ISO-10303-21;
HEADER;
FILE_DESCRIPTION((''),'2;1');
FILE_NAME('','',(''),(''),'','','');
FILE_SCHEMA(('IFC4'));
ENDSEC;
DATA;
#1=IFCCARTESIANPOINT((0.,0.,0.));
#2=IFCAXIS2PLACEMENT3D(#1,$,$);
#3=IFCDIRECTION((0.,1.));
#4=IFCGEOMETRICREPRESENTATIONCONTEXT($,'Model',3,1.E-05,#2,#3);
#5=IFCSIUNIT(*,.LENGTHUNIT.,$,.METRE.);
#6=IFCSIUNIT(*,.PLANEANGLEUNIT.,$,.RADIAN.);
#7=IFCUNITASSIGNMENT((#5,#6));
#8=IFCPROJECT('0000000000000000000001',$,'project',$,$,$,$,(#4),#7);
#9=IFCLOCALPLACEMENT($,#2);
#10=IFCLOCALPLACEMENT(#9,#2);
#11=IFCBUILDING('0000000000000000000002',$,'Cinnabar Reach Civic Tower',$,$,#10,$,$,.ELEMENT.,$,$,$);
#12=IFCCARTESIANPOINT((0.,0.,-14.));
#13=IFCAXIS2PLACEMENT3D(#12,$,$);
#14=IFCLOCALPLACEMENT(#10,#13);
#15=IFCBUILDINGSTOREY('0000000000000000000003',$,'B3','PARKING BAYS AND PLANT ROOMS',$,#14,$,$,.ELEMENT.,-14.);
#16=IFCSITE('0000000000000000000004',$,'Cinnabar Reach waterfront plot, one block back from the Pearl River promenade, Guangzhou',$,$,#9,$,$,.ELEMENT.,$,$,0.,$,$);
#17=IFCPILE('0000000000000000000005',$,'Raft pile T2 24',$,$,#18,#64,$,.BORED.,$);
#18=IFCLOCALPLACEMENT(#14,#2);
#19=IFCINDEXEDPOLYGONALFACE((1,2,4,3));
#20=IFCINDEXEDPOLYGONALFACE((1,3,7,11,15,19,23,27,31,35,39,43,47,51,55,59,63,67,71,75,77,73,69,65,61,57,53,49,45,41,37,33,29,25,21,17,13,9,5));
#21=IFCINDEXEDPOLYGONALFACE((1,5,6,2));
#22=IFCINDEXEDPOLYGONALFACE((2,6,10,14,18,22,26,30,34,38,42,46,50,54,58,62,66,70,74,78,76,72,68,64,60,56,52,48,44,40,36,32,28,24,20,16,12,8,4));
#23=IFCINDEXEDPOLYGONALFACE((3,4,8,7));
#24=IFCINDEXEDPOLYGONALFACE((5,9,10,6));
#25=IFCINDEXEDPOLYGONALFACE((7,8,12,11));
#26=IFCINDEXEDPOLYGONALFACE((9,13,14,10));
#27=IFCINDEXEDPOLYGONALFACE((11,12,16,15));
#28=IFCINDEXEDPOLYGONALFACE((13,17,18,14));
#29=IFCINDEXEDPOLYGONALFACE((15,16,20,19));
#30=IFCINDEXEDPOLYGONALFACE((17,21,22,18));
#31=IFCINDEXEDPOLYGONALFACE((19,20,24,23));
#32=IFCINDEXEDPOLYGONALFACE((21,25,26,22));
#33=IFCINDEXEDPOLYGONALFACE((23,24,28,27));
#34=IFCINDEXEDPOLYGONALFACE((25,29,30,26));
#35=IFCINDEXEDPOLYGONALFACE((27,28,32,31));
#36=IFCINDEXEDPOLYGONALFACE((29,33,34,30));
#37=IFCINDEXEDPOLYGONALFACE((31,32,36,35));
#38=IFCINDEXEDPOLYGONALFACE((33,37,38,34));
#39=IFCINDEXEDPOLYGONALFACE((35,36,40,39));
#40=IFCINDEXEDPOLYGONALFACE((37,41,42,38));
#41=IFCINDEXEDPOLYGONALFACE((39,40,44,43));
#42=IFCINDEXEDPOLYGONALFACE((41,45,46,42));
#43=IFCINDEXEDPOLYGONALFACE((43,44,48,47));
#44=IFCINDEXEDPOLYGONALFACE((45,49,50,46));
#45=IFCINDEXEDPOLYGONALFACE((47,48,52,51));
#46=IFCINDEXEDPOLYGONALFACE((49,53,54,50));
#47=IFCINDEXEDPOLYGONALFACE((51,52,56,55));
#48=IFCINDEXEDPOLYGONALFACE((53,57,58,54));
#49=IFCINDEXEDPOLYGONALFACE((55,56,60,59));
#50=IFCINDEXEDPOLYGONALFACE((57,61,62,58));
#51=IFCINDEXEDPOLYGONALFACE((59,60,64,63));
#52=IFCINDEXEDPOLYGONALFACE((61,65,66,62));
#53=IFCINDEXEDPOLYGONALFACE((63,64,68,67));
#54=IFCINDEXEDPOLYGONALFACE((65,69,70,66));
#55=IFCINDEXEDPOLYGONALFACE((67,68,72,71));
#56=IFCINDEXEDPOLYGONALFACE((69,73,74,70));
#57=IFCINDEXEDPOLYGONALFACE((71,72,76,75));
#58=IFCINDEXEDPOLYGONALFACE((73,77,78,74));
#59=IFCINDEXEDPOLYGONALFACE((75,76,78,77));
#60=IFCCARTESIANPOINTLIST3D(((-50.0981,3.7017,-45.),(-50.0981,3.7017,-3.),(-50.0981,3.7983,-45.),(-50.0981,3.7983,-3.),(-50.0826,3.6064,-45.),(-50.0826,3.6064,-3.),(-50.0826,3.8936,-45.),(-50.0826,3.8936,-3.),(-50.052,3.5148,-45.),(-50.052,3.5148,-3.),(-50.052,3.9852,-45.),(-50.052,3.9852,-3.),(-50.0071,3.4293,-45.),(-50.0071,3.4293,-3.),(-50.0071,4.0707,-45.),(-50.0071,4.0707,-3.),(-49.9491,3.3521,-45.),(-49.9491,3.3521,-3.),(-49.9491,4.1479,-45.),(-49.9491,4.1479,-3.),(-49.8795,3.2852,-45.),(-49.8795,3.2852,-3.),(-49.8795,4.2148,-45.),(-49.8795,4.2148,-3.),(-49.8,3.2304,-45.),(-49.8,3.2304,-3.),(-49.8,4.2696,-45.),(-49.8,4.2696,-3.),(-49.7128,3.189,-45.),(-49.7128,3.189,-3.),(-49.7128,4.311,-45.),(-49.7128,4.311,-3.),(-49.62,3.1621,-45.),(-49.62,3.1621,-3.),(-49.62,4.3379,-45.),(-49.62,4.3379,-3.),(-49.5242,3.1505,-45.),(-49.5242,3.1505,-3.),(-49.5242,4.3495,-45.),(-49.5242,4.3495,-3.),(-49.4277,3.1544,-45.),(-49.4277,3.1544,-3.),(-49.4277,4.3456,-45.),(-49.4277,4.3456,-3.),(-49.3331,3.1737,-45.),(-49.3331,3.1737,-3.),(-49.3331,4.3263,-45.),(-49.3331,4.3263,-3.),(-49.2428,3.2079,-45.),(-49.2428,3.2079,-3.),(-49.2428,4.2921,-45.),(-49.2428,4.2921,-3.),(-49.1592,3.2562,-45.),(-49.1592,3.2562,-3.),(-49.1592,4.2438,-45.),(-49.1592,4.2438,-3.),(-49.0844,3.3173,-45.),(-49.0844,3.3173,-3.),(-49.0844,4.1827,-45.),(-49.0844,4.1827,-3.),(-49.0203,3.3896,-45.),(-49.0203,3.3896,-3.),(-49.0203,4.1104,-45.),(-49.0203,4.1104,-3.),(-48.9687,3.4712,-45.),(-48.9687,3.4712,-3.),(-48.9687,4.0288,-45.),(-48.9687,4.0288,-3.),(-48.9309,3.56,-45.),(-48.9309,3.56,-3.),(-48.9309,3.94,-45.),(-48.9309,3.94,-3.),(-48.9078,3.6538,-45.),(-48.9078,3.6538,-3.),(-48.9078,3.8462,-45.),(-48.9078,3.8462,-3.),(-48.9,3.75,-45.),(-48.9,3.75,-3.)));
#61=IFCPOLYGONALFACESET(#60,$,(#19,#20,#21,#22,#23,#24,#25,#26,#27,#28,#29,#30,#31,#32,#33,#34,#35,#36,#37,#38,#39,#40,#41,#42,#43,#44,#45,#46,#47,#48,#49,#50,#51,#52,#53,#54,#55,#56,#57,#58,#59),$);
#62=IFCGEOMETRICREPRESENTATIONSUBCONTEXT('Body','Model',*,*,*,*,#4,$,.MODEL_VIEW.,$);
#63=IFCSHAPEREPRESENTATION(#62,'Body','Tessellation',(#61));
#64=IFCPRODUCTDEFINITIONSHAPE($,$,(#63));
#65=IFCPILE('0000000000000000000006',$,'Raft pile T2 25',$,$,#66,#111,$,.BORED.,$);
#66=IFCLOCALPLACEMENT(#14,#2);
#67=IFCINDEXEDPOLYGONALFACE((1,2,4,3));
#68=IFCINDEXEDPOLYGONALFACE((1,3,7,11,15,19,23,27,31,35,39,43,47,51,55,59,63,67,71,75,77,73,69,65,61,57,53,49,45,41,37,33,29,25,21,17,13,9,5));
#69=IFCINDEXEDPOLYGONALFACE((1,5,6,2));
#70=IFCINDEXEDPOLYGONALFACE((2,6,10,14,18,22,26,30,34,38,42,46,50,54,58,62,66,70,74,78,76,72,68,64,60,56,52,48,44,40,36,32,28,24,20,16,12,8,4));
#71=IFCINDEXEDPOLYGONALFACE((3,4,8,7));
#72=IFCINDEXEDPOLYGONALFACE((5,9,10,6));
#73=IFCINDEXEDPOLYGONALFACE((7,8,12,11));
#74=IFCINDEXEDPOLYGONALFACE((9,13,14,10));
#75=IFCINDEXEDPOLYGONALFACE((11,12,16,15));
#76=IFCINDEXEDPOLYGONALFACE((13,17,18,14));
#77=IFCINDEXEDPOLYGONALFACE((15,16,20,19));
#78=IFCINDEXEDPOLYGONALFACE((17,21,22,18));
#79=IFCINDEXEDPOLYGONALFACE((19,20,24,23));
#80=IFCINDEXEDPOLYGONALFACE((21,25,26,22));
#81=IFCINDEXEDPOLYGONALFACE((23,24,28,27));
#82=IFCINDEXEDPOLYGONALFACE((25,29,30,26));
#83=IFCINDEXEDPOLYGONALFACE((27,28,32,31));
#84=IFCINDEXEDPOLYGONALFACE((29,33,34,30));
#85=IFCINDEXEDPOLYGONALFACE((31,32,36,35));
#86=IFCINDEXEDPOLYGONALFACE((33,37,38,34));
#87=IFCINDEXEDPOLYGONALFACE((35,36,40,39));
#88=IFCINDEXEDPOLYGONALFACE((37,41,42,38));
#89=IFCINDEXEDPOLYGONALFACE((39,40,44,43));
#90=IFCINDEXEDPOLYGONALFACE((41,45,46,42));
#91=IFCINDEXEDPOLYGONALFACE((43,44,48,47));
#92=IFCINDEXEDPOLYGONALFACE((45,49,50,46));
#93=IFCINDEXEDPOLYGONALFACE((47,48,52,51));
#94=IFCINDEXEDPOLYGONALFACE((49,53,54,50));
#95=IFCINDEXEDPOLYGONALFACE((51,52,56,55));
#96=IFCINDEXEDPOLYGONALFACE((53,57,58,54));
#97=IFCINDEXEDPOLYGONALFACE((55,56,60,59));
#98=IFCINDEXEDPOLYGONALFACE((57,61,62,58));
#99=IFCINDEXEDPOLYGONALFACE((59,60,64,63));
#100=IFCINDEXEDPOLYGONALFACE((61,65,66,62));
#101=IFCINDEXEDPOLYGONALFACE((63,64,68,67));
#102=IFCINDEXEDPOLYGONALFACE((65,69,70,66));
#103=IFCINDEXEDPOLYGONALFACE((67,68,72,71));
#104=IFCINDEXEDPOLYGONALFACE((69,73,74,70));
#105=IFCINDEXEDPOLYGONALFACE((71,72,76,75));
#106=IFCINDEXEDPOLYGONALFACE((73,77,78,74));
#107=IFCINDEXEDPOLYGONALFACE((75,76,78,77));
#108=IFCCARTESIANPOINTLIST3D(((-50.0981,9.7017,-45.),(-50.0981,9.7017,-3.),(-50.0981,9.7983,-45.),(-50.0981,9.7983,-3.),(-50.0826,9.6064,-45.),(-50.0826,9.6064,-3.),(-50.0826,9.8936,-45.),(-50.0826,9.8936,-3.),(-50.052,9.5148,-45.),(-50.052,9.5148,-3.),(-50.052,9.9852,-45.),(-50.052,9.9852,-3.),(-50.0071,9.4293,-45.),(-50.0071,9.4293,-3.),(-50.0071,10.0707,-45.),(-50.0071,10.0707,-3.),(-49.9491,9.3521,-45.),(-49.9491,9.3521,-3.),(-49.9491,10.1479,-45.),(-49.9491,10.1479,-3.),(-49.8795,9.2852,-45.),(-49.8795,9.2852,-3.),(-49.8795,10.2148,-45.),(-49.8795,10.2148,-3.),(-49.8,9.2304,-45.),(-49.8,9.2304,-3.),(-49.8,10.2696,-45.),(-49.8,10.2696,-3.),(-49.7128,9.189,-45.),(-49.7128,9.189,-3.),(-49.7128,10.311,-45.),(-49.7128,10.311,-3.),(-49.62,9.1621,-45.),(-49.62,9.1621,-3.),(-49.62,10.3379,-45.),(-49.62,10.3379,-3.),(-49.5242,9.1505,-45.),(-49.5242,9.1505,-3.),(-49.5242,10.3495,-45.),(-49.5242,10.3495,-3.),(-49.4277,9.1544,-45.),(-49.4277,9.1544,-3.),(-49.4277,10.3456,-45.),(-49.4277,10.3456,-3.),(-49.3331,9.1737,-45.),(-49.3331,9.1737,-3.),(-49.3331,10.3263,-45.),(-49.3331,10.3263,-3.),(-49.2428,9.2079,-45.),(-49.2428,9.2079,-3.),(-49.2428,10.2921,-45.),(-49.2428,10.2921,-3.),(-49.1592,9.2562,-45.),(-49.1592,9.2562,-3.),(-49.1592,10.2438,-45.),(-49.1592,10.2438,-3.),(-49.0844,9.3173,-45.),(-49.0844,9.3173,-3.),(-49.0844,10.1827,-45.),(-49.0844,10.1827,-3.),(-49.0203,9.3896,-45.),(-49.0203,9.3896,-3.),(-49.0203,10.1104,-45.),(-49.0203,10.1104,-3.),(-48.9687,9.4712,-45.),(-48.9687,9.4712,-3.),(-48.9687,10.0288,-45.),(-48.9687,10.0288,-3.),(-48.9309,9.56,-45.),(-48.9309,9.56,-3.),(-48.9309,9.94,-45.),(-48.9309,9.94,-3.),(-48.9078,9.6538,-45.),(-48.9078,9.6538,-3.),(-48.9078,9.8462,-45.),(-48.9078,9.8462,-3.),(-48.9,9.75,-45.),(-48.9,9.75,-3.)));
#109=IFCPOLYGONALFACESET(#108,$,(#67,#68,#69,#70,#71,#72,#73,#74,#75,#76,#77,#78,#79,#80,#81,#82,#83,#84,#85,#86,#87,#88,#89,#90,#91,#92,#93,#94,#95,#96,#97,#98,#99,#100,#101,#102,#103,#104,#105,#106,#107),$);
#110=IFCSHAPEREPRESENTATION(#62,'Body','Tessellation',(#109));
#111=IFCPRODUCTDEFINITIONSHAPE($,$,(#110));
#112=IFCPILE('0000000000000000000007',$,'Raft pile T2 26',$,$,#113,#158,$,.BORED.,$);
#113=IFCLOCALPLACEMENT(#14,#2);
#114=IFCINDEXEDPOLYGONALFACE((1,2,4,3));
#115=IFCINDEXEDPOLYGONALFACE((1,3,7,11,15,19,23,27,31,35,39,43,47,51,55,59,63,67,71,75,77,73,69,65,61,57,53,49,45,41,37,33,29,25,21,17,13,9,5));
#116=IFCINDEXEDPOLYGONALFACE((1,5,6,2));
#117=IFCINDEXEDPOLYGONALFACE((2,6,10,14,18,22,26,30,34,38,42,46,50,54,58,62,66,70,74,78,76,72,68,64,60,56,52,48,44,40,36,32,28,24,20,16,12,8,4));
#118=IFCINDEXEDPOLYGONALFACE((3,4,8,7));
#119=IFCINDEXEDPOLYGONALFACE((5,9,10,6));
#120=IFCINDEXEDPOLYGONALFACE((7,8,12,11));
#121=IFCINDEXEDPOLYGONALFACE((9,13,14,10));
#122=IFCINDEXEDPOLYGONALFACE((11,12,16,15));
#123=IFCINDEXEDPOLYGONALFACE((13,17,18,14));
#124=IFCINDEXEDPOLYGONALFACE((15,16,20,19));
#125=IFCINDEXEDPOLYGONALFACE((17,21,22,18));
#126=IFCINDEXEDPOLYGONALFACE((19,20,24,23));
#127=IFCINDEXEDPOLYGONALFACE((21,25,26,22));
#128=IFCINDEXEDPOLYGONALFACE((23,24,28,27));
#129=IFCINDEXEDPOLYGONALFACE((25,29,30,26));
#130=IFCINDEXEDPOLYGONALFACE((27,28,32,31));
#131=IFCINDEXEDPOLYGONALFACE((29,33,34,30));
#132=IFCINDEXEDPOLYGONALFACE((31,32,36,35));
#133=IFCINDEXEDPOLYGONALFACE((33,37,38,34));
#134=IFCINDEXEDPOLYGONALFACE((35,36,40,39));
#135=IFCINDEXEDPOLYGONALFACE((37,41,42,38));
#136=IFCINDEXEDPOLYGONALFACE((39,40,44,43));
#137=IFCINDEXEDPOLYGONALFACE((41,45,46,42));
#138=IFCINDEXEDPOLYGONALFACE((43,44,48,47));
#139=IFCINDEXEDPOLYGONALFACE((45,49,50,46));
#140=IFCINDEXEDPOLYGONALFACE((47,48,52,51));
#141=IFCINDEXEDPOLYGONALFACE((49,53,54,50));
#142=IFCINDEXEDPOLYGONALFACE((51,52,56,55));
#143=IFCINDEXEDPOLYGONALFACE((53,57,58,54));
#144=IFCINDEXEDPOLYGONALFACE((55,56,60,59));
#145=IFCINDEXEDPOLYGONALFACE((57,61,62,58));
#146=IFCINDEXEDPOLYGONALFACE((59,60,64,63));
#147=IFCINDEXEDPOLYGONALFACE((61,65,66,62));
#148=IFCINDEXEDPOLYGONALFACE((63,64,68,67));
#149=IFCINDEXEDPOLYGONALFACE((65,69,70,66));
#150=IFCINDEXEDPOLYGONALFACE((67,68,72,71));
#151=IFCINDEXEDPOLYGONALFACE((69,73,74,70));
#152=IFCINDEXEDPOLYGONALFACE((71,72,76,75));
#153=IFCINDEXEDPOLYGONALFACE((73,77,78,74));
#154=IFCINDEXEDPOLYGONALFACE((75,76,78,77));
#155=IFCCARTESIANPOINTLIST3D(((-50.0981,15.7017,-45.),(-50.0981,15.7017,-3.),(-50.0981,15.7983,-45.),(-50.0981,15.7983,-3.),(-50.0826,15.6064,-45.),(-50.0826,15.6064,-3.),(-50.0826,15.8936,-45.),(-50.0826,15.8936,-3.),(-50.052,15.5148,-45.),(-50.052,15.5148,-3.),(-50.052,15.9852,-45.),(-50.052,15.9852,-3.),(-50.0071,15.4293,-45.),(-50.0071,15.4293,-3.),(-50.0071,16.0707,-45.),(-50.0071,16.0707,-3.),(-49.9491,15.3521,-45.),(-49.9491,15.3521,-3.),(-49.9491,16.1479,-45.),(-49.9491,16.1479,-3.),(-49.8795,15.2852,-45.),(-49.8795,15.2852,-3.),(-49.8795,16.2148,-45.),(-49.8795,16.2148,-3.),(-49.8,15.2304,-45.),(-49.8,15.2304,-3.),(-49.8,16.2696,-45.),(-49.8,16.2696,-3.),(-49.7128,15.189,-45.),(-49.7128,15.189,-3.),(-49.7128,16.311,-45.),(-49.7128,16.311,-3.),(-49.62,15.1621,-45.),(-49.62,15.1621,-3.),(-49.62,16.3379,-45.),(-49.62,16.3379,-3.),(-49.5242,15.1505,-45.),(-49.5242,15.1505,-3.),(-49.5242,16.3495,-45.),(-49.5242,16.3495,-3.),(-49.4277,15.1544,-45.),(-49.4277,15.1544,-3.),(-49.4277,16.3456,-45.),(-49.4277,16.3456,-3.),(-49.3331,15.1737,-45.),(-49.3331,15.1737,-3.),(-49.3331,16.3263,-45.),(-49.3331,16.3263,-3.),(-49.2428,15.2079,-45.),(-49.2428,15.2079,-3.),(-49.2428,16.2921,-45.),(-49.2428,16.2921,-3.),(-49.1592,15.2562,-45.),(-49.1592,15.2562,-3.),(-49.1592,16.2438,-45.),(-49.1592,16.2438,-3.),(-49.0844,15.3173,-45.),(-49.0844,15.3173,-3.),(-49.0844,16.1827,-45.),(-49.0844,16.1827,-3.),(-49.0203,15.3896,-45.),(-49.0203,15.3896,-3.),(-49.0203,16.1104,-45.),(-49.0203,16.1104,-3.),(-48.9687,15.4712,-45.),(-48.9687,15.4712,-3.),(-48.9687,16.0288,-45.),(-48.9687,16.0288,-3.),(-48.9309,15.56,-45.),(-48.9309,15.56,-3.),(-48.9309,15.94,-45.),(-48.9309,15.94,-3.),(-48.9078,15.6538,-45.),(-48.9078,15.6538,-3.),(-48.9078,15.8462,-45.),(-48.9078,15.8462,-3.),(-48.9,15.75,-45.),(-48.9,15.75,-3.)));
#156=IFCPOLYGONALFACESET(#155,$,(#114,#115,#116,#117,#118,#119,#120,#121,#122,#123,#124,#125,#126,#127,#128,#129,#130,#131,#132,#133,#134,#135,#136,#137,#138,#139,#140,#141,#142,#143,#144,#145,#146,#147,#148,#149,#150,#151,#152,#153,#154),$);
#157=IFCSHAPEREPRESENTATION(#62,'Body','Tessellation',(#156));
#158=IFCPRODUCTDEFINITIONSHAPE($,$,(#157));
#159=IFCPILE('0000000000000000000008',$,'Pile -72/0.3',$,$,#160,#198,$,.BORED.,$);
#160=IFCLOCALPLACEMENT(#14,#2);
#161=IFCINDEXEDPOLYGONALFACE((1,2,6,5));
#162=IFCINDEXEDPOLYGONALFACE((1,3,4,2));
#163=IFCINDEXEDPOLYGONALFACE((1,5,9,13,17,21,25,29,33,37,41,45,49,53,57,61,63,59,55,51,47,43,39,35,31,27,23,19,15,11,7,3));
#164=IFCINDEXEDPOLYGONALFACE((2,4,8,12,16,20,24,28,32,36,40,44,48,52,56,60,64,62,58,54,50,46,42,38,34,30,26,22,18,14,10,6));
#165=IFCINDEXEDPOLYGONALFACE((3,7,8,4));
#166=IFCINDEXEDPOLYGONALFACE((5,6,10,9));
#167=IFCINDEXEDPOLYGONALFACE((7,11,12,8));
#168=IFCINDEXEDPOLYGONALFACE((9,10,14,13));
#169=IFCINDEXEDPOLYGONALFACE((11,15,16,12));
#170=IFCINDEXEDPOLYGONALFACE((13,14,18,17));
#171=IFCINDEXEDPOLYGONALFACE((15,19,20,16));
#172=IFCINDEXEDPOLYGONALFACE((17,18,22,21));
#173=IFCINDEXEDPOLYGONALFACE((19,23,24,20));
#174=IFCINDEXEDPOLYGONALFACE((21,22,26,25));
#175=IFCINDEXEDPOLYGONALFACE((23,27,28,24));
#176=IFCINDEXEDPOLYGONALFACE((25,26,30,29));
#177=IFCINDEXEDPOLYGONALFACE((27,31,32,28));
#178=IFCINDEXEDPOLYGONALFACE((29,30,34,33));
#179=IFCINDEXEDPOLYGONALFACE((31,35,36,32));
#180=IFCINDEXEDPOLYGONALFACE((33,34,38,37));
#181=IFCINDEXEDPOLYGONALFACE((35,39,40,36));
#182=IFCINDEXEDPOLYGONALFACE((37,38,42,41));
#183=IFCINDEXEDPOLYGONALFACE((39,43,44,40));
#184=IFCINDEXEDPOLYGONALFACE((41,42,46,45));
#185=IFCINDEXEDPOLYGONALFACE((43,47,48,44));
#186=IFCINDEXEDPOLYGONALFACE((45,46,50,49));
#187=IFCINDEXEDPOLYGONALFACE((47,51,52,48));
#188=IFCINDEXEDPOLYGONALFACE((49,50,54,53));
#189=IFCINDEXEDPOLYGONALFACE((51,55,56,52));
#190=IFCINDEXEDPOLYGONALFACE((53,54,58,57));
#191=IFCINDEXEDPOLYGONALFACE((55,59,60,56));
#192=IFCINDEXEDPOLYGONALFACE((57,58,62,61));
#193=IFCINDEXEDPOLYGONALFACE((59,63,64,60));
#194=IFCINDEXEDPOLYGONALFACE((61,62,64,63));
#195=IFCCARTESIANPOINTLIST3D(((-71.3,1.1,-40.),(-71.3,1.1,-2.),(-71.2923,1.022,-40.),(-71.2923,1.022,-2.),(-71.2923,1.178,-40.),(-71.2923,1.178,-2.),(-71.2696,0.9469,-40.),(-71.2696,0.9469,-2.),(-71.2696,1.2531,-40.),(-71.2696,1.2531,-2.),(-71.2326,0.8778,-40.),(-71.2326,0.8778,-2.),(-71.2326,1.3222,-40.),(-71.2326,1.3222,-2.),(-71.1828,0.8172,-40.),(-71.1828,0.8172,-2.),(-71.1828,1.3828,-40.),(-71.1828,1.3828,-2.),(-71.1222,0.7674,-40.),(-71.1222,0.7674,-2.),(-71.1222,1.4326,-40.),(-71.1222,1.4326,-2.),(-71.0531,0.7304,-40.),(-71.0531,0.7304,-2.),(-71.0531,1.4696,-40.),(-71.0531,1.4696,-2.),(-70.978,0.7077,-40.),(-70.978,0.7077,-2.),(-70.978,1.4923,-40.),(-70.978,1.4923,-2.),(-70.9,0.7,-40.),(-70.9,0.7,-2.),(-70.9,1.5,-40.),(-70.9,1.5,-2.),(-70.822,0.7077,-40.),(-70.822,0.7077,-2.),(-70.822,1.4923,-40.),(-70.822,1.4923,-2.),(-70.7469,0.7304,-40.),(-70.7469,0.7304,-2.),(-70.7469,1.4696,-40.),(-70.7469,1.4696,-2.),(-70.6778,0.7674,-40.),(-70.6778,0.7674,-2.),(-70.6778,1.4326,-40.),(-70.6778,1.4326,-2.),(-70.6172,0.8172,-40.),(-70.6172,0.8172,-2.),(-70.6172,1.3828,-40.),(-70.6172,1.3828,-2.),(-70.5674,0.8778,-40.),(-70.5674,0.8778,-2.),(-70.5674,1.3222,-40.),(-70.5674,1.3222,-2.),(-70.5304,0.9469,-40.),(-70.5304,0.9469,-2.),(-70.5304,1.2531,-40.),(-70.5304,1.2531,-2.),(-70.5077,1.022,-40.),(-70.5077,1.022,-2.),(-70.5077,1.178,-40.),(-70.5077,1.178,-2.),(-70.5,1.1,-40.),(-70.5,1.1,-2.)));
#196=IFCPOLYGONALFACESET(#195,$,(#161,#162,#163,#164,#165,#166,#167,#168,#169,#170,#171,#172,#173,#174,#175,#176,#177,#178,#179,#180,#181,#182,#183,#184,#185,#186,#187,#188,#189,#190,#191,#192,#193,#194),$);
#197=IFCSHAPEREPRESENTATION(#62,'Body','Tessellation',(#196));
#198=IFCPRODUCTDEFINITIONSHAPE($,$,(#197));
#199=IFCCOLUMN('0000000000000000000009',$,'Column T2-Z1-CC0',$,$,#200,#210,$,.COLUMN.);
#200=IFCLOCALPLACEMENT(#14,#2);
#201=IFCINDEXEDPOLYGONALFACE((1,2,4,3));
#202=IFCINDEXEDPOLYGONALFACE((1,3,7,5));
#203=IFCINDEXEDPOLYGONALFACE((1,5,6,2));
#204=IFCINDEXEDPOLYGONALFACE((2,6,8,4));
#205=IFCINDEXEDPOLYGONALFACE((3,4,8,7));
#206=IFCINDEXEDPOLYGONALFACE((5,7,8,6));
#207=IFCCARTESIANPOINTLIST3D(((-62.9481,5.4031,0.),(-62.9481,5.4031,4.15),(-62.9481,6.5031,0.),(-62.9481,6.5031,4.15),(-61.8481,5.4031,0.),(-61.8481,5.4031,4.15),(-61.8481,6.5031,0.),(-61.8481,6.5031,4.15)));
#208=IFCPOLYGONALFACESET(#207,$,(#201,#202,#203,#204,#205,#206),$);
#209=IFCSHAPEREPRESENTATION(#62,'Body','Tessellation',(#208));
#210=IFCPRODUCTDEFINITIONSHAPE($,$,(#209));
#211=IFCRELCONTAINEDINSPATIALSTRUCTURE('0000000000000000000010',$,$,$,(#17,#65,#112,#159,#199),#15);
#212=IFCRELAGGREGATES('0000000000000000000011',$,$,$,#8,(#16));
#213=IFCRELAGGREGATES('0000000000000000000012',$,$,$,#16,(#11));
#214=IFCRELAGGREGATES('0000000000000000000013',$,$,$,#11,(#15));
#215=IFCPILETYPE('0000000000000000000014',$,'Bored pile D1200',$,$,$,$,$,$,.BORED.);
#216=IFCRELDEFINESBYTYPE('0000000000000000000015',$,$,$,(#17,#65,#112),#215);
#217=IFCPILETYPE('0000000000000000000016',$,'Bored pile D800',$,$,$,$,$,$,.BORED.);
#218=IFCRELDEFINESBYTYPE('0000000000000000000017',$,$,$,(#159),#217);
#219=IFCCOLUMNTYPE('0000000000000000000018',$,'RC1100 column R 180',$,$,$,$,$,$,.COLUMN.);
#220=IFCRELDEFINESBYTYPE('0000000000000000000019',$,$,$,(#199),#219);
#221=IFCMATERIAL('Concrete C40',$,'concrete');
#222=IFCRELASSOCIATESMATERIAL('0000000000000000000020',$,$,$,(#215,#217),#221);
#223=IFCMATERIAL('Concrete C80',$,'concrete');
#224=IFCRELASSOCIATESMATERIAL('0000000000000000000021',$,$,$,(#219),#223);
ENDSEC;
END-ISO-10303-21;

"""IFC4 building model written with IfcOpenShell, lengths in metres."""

from ifc_helpers import new_model, si_unit, direction, frame, origin, origin_2d, place, context, subcontext, project, spatial, rectangle, circle, extrude, material, material_profile, profile_set, type_object, element, save


model = new_model("IFC4")

# Units and contexts
model_context = context("Model", 3, precision=1e-05, world=origin(), true_north=direction((0.0, 1.0)))
body_context = subcontext(model_context, "Body", "Model", "MODEL_VIEW")
ifc_project = project(units=[si_unit("LENGTHUNIT", "METRE"), si_unit("PLANEANGLEUNIT", "RADIAN")], contexts=[model_context])

# Site, building, storey
site_placement = place(None, origin())
site = spatial("IfcSite", under=ifc_project, at=site_placement, Name="Cinnabar Reach waterfront plot, one block back from the Pearl River promenade, Guangzhou", CompositionType="ELEMENT", RefElevation=0.0)
building_placement = place(site_placement, origin())
building = spatial("IfcBuilding", under=site, at=building_placement, Name="Cinnabar Reach Civic Tower", CompositionType="ELEMENT")
storey_placement = place(building_placement, frame((0.0, 0.0, -14.0)))
storey = spatial("IfcBuildingStorey", under=building, at=storey_placement, Name="B3", Description="PARKING BAYS AND PLANT ROOMS", CompositionType="ELEMENT", Elevation=-14.0)

# Piles
ifc_material_1 = material(Name="Concrete C40", Category="concrete")
pile_type_1 = type_object("IfcPileType", Name="Bored pile D1200", PredefinedType="BORED", material=ifc_material_1)
for number, where, z_axis, x_axis, name in (
    (1, (-49.5, 3.75, -3.0), (0.0, 0.0, -1.0), (1.0, 0.0, 0.0), "Raft pile T2 24"),
    (2, (-49.5, 9.75, -3.0), (0.0, 0.0, -1.0), (1.0, 0.0, 0.0), "Raft pile T2 25"),
    (3, (-49.5, 15.75, -3.0), (0.0, 0.0, -1.0), (1.0, 0.0, 0.0), "Raft pile T2 26"),
):
    element("IfcPile", number, at=place(storey_placement, frame(where, z_axis=z_axis, x_axis=x_axis)), inside=storey, type_object=pile_type_1, Name=name, PredefinedType="BORED", context=body_context, shape_type="SweptSolid", body=[
        extrude(circle(Radius=0.6, at=origin_2d()), origin(), (0.0, 0.0, 1.0), 42.0),
    ])
pile_type_2 = type_object("IfcPileType", Name="Bored pile D800", PredefinedType="BORED", material=ifc_material_1)
pile_placement = place(storey_placement, frame((-70.9, 1.1, -2.0), z_axis=(0.0, 0.0, -1.0), x_axis=(1.0, 0.0, 0.0)))
element("IfcPile", 4, at=pile_placement, inside=storey, type_object=pile_type_2, Name="Pile -72/0.3", PredefinedType="BORED", context=body_context, shape_type="SweptSolid", body=[
    extrude(circle(Radius=0.4, at=origin_2d()), origin(), (0.0, 0.0, 1.0), 38.0),
])

# Column
ifc_material_2 = material(Name="Concrete C80", Category="concrete")
ifc_material_profile_1 = material_profile(ifc_material_2, rectangle(XDim=1.1, YDim=1.1, at=origin_2d()), Name="RC1100")
ifc_profile_set_1 = profile_set([ifc_material_profile_1], Name="Concrete C80")
column_type_1 = type_object("IfcColumnType", Name="RC1100 column R 180", PredefinedType="COLUMN", material=ifc_profile_set_1)
for number, where, z_axis, x_axis, name in (
    (5, (-62.3981, 5.9531, 0.0), (0.0, 0.0, 1.0), (1.0, 0.0, 0.0), "Column T2-Z1-CC0"),
):
    element("IfcColumn", number, at=place(storey_placement, frame(where, z_axis=z_axis, x_axis=x_axis)), inside=storey, type_object=column_type_1, Name=name, PredefinedType="COLUMN", context=body_context, shape_type="SweptSolid", body=[
        extrude(rectangle(XDim=1.1, YDim=1.1, at=origin_2d()), origin(), (0.0, 0.0, 1.0), 4.15),
    ])

save(model, "model.ifc")
